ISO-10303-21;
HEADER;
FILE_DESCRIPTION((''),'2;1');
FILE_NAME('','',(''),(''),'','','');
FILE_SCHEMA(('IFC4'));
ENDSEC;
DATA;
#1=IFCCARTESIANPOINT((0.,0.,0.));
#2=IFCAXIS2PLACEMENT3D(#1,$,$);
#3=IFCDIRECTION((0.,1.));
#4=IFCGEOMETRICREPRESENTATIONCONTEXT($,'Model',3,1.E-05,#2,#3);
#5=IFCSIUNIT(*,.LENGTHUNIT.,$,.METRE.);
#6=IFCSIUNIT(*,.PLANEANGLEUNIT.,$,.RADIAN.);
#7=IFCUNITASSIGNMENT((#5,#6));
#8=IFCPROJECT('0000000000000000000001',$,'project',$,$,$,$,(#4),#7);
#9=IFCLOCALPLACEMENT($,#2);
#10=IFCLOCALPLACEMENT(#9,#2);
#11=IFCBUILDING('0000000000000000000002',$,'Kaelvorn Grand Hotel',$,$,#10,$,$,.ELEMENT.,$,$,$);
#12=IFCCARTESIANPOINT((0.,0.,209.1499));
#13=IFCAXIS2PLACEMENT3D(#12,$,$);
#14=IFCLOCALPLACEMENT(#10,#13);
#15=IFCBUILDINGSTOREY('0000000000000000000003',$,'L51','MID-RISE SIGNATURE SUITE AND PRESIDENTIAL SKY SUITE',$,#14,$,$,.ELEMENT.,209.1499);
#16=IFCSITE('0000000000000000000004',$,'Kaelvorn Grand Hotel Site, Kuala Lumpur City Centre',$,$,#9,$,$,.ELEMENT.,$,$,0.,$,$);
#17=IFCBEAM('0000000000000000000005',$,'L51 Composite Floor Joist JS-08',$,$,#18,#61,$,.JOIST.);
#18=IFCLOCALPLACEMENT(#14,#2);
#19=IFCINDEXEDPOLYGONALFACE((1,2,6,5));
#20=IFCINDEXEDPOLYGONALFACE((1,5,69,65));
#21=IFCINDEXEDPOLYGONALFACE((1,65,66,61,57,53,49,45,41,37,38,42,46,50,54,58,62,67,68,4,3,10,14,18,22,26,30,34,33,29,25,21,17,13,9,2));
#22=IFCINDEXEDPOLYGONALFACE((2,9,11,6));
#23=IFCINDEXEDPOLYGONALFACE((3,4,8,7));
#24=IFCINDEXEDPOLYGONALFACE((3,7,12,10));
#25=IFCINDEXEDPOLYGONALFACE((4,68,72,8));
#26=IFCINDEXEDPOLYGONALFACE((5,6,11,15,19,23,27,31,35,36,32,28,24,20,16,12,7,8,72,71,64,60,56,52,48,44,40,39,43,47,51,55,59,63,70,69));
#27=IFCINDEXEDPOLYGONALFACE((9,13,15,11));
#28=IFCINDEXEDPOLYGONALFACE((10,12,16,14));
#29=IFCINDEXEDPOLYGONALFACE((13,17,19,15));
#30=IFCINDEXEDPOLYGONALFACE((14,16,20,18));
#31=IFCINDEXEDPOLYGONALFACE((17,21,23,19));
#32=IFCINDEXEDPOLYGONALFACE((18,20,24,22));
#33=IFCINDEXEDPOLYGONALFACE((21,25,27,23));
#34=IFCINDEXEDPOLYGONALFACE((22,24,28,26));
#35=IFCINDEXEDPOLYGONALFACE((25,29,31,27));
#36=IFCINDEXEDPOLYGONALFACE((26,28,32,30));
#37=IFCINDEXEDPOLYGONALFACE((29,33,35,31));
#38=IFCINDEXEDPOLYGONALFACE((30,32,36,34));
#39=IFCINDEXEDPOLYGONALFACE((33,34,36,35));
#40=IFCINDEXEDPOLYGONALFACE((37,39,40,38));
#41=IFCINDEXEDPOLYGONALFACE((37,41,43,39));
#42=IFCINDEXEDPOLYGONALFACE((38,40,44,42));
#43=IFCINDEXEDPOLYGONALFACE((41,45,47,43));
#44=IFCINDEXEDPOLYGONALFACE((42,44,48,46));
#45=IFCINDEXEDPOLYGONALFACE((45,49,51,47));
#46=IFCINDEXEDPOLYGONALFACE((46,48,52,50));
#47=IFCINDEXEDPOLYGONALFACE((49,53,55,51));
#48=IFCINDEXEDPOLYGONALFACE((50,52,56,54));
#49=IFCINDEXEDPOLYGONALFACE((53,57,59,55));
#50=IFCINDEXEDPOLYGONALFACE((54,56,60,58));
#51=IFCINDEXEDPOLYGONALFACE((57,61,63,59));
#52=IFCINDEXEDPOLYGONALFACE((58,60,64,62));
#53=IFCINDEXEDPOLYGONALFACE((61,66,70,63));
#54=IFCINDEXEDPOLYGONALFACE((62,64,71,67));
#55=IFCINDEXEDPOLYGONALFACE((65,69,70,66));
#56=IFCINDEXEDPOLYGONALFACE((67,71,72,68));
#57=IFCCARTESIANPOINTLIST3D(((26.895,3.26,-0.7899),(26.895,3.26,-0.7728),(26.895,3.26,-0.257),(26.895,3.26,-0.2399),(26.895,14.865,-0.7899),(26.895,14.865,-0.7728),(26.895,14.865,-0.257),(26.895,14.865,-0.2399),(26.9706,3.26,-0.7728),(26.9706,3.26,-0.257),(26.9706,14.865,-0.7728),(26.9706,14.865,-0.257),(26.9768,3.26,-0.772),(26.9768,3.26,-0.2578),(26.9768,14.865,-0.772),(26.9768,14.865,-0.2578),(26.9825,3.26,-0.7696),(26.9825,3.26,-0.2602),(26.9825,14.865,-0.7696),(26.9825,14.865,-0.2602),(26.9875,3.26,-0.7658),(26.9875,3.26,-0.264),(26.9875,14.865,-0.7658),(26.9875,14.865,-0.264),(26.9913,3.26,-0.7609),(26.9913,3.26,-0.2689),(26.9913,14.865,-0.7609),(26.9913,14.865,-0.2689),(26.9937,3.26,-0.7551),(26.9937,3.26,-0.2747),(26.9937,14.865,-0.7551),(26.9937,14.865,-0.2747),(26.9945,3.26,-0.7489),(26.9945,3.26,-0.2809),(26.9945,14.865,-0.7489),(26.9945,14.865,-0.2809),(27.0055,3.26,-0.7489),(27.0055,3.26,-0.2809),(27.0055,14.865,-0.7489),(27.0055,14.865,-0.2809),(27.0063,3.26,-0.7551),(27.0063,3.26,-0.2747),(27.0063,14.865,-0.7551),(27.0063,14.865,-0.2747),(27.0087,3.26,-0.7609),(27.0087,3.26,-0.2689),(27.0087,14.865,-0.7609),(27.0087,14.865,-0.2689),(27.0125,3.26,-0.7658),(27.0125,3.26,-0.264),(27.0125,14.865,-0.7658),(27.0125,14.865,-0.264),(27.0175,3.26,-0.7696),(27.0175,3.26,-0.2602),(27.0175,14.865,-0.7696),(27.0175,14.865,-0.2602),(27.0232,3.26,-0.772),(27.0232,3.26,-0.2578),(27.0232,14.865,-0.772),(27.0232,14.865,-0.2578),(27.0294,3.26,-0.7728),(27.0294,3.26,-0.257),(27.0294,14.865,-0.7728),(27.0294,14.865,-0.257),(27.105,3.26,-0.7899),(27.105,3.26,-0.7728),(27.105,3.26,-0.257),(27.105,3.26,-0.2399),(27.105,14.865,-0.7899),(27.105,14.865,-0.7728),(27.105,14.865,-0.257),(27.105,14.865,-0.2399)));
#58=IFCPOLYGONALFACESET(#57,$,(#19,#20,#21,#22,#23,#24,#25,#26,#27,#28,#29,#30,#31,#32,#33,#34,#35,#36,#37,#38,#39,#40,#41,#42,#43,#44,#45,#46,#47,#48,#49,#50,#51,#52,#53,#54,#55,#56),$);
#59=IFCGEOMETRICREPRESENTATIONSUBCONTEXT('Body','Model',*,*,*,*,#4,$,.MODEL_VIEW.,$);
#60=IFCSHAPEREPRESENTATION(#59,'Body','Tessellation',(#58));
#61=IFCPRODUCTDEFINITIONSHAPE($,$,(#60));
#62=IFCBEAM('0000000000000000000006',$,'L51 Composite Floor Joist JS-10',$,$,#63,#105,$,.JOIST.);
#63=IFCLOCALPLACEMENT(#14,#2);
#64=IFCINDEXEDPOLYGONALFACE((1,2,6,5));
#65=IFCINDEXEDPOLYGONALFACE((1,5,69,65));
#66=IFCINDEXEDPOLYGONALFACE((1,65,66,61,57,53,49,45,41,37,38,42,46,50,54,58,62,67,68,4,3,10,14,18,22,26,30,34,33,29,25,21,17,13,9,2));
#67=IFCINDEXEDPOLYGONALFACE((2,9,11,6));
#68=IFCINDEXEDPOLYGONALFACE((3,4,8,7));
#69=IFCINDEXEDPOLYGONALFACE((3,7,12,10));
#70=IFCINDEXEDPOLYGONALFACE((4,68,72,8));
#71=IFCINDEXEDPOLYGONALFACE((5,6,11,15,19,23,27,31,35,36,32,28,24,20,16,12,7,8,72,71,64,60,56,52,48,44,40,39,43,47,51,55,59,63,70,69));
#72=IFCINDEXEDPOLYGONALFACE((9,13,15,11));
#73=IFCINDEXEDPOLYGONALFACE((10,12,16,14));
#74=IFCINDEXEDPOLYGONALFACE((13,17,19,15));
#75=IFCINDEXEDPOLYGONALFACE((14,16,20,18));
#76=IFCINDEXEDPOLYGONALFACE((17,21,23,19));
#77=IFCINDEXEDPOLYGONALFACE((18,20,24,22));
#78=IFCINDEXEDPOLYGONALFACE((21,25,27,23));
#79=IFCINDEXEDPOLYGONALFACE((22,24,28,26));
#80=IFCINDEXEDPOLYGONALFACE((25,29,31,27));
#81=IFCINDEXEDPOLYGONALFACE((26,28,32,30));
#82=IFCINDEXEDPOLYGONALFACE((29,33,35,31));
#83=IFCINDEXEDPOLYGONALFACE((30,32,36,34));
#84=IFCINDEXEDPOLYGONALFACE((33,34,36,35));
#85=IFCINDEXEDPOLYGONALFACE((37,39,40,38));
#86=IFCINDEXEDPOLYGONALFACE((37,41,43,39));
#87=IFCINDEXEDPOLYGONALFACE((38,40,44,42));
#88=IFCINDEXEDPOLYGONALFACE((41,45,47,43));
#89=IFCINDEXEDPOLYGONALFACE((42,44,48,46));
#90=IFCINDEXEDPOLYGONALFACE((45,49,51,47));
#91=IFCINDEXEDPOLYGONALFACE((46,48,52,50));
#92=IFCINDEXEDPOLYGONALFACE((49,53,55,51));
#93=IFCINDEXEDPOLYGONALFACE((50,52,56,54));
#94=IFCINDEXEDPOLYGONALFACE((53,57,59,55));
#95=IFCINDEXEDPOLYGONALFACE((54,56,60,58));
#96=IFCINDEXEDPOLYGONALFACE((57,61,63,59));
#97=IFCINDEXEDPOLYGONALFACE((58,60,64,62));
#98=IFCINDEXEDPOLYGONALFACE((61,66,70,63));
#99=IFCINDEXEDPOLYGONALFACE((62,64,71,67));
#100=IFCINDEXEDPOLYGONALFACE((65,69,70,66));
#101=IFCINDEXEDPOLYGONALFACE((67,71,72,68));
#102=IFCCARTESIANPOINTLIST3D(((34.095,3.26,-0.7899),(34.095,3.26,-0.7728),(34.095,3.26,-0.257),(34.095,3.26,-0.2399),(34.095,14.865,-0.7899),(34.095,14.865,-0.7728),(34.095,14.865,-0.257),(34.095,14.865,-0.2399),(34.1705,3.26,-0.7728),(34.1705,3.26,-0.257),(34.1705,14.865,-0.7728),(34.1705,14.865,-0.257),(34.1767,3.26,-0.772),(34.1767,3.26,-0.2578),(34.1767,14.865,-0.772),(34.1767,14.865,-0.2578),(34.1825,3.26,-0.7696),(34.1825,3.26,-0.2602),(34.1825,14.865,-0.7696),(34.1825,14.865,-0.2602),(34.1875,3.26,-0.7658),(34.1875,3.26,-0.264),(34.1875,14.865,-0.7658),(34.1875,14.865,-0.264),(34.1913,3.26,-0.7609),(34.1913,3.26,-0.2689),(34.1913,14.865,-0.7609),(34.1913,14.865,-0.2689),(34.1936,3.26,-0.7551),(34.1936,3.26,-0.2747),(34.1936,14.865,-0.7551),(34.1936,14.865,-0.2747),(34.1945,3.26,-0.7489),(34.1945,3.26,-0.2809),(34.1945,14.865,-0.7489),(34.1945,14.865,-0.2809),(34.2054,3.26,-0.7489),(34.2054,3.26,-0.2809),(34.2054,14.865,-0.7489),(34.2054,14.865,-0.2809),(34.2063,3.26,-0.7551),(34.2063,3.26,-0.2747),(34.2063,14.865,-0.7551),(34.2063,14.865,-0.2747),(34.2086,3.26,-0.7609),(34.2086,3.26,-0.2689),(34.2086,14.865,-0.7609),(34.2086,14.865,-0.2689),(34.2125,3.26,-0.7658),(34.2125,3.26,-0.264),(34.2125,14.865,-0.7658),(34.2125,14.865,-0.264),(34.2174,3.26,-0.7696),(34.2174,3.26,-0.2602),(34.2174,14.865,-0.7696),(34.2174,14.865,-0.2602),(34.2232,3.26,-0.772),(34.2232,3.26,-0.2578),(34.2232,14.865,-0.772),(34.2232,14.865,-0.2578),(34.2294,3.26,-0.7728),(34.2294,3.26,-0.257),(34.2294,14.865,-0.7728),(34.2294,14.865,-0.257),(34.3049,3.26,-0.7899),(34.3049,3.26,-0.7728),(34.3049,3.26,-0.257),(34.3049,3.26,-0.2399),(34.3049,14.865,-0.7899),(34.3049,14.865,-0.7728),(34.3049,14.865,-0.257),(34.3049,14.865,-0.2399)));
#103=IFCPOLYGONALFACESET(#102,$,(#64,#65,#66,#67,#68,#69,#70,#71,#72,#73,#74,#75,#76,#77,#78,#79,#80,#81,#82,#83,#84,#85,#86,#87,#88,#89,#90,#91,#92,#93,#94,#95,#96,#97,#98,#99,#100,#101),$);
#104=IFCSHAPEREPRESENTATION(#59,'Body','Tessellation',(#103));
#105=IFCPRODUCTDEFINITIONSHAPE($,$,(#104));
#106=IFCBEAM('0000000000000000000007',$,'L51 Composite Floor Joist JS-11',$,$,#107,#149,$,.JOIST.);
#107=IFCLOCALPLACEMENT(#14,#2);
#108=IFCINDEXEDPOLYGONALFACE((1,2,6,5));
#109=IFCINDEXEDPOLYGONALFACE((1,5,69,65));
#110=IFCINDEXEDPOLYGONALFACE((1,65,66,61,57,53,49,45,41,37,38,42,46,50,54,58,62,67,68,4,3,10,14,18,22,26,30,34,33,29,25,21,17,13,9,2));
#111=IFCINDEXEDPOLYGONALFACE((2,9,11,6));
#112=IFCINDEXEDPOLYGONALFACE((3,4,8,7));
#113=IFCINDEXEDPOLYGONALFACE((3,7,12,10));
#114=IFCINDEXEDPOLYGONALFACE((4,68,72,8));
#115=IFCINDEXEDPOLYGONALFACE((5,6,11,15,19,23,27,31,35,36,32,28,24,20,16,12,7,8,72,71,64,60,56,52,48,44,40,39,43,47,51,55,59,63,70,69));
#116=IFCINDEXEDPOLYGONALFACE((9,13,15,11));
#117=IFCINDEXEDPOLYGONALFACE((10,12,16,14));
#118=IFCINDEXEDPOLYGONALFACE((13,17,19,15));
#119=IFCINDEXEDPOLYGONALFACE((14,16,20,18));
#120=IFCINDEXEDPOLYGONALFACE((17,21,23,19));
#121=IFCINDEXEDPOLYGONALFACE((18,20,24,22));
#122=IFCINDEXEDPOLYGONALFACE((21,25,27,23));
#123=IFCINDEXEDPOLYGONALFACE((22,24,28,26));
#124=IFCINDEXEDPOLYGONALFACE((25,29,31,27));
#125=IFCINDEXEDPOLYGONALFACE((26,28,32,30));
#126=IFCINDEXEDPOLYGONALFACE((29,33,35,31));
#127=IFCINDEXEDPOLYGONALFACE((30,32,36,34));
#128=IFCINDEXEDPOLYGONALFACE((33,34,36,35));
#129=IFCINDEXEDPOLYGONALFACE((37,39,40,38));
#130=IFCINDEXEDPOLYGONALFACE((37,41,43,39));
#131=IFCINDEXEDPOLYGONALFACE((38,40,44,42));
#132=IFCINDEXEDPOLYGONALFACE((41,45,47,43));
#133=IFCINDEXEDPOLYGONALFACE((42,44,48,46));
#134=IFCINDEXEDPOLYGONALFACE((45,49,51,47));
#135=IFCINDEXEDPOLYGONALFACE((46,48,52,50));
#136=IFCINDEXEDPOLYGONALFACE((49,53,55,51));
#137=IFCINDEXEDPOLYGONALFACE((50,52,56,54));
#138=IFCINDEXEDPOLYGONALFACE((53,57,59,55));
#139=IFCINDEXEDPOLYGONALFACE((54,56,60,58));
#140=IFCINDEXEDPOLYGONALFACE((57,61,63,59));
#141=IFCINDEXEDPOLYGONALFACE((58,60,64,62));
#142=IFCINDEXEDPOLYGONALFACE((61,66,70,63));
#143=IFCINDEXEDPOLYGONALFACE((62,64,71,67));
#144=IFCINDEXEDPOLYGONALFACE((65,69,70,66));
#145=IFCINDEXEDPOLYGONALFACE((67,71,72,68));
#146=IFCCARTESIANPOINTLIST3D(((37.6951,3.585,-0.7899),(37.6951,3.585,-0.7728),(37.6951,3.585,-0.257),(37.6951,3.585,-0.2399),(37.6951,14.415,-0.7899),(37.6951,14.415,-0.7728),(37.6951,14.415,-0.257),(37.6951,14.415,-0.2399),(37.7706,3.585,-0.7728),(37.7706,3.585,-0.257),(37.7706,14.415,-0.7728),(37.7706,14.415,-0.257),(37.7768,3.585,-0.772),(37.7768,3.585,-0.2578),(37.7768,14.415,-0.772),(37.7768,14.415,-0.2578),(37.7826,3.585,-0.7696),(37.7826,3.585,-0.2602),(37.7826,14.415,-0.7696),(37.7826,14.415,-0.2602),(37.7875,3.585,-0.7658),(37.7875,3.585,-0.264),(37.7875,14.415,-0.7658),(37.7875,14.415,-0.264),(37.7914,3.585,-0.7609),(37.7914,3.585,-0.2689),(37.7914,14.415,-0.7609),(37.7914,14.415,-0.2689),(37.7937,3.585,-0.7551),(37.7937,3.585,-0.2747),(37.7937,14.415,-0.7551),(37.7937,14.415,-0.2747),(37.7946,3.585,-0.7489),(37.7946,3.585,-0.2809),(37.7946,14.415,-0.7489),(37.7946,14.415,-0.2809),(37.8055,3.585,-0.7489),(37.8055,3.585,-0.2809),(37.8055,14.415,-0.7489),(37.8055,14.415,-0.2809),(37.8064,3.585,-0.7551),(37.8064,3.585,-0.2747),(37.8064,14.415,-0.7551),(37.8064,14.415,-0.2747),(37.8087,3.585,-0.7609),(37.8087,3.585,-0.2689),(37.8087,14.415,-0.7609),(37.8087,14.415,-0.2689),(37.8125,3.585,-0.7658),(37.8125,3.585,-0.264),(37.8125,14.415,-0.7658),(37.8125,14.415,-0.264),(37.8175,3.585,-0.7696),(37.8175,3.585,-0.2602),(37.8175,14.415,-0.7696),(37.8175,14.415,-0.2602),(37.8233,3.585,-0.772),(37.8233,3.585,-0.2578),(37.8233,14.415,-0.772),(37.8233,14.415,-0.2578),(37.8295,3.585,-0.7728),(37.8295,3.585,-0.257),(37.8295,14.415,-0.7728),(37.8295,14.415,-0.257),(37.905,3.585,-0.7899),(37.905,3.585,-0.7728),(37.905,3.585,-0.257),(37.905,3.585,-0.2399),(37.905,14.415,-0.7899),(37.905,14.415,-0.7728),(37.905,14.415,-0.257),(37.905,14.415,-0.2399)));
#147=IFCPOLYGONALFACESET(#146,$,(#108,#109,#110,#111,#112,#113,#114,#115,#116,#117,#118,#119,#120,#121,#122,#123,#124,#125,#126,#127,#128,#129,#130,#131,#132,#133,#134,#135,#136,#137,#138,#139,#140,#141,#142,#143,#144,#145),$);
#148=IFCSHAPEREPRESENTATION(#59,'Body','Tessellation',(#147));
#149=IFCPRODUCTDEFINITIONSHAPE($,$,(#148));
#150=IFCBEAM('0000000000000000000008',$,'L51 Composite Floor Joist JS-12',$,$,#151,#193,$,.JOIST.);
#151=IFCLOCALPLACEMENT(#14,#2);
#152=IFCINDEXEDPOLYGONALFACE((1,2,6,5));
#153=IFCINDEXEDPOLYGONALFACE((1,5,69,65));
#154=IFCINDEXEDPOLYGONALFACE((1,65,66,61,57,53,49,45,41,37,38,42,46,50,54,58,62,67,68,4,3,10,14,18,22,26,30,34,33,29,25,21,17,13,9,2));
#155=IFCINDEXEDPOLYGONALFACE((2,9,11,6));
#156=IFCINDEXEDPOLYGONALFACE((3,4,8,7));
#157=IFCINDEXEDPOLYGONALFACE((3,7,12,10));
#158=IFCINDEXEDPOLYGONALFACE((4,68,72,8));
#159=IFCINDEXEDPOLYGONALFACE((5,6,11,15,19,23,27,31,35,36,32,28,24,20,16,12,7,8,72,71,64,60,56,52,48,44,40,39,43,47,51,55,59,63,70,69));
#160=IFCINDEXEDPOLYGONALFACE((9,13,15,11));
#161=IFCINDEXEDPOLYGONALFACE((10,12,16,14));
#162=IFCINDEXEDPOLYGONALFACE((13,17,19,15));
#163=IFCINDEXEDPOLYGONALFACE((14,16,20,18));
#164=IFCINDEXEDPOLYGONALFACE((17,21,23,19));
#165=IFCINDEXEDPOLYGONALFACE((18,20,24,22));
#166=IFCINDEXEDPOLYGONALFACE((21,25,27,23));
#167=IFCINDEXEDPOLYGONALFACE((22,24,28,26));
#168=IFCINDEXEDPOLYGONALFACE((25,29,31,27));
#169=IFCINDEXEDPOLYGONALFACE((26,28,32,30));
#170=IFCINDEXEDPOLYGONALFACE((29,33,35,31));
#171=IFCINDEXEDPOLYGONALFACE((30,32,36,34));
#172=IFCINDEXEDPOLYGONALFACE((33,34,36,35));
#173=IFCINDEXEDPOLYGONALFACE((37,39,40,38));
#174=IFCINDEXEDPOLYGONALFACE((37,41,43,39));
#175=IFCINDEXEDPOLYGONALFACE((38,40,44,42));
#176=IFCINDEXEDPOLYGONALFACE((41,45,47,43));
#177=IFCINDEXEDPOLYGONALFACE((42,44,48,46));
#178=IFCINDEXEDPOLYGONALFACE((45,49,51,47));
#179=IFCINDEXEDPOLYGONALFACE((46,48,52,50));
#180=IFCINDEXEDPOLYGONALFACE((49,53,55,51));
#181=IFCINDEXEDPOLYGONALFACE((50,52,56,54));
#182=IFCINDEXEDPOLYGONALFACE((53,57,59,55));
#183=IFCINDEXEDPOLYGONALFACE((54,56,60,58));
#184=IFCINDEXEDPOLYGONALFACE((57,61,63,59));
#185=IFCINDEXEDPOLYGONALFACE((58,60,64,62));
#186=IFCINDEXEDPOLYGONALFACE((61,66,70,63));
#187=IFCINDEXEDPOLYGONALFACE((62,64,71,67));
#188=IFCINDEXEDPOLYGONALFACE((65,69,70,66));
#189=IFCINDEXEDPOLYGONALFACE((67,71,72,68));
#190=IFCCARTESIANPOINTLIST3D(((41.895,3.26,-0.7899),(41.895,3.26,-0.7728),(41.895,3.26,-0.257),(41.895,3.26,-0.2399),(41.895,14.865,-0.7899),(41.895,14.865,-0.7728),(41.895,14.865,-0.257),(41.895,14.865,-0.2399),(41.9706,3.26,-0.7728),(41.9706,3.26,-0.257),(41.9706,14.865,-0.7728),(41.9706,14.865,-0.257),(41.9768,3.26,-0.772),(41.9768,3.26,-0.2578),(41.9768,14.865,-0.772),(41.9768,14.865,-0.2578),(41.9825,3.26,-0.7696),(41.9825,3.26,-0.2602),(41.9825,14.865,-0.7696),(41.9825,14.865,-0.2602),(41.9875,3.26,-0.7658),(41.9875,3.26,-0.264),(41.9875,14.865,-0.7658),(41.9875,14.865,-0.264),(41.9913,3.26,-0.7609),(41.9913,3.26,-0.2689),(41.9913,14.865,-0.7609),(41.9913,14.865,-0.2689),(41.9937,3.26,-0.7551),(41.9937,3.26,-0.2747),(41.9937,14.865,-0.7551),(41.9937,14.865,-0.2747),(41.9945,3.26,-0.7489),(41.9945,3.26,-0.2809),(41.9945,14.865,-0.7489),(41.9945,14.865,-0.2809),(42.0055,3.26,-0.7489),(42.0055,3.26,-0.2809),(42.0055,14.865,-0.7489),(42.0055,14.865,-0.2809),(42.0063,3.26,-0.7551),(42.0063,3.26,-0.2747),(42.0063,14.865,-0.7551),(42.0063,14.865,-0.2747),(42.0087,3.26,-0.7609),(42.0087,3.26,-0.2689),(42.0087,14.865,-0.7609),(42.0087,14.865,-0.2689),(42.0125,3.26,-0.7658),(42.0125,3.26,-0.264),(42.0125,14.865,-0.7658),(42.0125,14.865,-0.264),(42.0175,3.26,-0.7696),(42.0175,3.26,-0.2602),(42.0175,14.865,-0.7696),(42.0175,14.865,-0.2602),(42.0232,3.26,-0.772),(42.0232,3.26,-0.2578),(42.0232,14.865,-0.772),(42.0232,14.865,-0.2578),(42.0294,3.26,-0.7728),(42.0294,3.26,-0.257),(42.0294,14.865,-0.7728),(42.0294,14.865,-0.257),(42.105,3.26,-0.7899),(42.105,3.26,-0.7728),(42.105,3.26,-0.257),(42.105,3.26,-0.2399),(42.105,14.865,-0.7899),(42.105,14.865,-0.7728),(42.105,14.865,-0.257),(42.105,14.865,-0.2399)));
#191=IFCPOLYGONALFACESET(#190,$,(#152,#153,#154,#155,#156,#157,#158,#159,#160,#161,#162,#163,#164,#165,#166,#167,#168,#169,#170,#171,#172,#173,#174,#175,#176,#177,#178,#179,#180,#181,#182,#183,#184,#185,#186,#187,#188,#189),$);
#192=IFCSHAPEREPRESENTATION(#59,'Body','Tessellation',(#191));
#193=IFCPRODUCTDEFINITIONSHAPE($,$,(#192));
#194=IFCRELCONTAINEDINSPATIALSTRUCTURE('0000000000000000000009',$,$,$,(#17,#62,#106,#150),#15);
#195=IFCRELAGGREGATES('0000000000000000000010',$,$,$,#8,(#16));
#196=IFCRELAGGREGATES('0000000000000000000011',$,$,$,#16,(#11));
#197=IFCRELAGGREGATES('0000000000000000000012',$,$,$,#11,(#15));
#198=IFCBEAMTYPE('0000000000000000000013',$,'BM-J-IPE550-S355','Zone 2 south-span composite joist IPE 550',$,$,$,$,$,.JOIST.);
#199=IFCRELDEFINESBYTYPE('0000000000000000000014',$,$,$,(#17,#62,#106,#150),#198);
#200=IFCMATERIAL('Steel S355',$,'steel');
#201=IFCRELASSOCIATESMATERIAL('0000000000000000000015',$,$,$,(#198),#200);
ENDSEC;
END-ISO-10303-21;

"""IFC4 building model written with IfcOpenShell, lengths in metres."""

from ifc_helpers import new_model, si_unit, direction, frame, origin, origin_2d, place, context, subcontext, project, spatial, i_section, extrude, material, material_profile, profile_set, type_object, element, save


model = new_model("IFC4")

# Units and contexts
model_context = context("Model", 3, precision=1e-05, world=origin(), true_north=direction((0.0, 1.0)))
body_context = subcontext(model_context, "Body", "Model", "MODEL_VIEW")
ifc_project = project(units=[si_unit("LENGTHUNIT", "METRE"), si_unit("PLANEANGLEUNIT", "RADIAN")], contexts=[model_context])

# Site, building, storey
site_placement = place(None, origin())
site = spatial("IfcSite", under=ifc_project, at=site_placement, Name="Kaelvorn Grand Hotel Site, Kuala Lumpur City Centre", CompositionType="ELEMENT", RefElevation=0.0)
building_placement = place(site_placement, origin())
building = spatial("IfcBuilding", under=site, at=building_placement, Name="Kaelvorn Grand Hotel", CompositionType="ELEMENT")
storey_placement = place(building_placement, frame((0.0, 0.0, 209.1499)))
storey = spatial("IfcBuildingStorey", under=building, at=storey_placement, Name="L51", Description="MID-RISE SIGNATURE SUITE AND PRESIDENTIAL SKY SUITE", CompositionType="ELEMENT", Elevation=209.1499)

# Beams
ifc_material_1 = material(Name="Steel S355", Category="steel")
ifc_material_profile_1 = material_profile(ifc_material_1, i_section(OverallWidth=0.21, OverallDepth=0.55, WebThickness=0.011, FlangeThickness=0.0171, FilletRadius=0.0239, at=origin_2d()), Name="IPE 550")
ifc_profile_set_1 = profile_set([ifc_material_profile_1], Name="Steel S355")
beam_type_1 = type_object("IfcBeamType", Name="BM-J-IPE550-S355", Description="Zone 2 south-span composite joist IPE 550", PredefinedType="JOIST", material=ifc_profile_set_1)
for number, where, z_axis, x_axis, name in (
    (1, (27.0, 3.26, -0.5149), (0.0, 1.0, 0.0), (-1.0, 0.0, 0.0), "L51 Composite Floor Joist JS-08"),
    (2, (34.2, 3.26, -0.5149), (0.0, 1.0, 0.0), (-1.0, 0.0, 0.0), "L51 Composite Floor Joist JS-10"),
):
    element("IfcBeam", number, at=place(storey_placement, frame(where, z_axis=z_axis, x_axis=x_axis)), inside=storey, type_object=beam_type_1, Name=name, PredefinedType="JOIST", context=body_context, shape_type="SweptSolid", body=[
        extrude(i_section(OverallWidth=0.21, OverallDepth=0.55, WebThickness=0.011, FlangeThickness=0.0171, FilletRadius=0.0239, at=origin_2d()), origin(), (0.0, 0.0, 1.0), 11.605),
    ])
beam_1_placement = place(storey_placement, frame((37.8, 3.585, -0.5149), z_axis=(0.0, 1.0, 0.0), x_axis=(-1.0, 0.0, 0.0)))
element("IfcBeam", 3, at=beam_1_placement, inside=storey, type_object=beam_type_1, Name="L51 Composite Floor Joist JS-11", PredefinedType="JOIST", context=body_context, shape_type="SweptSolid", body=[
    extrude(i_section(OverallWidth=0.21, OverallDepth=0.55, WebThickness=0.011, FlangeThickness=0.0171, FilletRadius=0.0239, at=origin_2d()), origin(), (0.0, 0.0, 1.0), 10.8301),
])
beam_2_placement = place(storey_placement, frame((42.0, 3.26, -0.5149), z_axis=(0.0, 1.0, 0.0), x_axis=(-1.0, 0.0, 0.0)))
element("IfcBeam", 4, at=beam_2_placement, inside=storey, type_object=beam_type_1, Name="L51 Composite Floor Joist JS-12", PredefinedType="JOIST", context=body_context, shape_type="SweptSolid", body=[
    extrude(i_section(OverallWidth=0.21, OverallDepth=0.55, WebThickness=0.011, FlangeThickness=0.0171, FilletRadius=0.0239, at=origin_2d()), origin(), (0.0, 0.0, 1.0), 11.605),
])

save(model, "model.ifc")
